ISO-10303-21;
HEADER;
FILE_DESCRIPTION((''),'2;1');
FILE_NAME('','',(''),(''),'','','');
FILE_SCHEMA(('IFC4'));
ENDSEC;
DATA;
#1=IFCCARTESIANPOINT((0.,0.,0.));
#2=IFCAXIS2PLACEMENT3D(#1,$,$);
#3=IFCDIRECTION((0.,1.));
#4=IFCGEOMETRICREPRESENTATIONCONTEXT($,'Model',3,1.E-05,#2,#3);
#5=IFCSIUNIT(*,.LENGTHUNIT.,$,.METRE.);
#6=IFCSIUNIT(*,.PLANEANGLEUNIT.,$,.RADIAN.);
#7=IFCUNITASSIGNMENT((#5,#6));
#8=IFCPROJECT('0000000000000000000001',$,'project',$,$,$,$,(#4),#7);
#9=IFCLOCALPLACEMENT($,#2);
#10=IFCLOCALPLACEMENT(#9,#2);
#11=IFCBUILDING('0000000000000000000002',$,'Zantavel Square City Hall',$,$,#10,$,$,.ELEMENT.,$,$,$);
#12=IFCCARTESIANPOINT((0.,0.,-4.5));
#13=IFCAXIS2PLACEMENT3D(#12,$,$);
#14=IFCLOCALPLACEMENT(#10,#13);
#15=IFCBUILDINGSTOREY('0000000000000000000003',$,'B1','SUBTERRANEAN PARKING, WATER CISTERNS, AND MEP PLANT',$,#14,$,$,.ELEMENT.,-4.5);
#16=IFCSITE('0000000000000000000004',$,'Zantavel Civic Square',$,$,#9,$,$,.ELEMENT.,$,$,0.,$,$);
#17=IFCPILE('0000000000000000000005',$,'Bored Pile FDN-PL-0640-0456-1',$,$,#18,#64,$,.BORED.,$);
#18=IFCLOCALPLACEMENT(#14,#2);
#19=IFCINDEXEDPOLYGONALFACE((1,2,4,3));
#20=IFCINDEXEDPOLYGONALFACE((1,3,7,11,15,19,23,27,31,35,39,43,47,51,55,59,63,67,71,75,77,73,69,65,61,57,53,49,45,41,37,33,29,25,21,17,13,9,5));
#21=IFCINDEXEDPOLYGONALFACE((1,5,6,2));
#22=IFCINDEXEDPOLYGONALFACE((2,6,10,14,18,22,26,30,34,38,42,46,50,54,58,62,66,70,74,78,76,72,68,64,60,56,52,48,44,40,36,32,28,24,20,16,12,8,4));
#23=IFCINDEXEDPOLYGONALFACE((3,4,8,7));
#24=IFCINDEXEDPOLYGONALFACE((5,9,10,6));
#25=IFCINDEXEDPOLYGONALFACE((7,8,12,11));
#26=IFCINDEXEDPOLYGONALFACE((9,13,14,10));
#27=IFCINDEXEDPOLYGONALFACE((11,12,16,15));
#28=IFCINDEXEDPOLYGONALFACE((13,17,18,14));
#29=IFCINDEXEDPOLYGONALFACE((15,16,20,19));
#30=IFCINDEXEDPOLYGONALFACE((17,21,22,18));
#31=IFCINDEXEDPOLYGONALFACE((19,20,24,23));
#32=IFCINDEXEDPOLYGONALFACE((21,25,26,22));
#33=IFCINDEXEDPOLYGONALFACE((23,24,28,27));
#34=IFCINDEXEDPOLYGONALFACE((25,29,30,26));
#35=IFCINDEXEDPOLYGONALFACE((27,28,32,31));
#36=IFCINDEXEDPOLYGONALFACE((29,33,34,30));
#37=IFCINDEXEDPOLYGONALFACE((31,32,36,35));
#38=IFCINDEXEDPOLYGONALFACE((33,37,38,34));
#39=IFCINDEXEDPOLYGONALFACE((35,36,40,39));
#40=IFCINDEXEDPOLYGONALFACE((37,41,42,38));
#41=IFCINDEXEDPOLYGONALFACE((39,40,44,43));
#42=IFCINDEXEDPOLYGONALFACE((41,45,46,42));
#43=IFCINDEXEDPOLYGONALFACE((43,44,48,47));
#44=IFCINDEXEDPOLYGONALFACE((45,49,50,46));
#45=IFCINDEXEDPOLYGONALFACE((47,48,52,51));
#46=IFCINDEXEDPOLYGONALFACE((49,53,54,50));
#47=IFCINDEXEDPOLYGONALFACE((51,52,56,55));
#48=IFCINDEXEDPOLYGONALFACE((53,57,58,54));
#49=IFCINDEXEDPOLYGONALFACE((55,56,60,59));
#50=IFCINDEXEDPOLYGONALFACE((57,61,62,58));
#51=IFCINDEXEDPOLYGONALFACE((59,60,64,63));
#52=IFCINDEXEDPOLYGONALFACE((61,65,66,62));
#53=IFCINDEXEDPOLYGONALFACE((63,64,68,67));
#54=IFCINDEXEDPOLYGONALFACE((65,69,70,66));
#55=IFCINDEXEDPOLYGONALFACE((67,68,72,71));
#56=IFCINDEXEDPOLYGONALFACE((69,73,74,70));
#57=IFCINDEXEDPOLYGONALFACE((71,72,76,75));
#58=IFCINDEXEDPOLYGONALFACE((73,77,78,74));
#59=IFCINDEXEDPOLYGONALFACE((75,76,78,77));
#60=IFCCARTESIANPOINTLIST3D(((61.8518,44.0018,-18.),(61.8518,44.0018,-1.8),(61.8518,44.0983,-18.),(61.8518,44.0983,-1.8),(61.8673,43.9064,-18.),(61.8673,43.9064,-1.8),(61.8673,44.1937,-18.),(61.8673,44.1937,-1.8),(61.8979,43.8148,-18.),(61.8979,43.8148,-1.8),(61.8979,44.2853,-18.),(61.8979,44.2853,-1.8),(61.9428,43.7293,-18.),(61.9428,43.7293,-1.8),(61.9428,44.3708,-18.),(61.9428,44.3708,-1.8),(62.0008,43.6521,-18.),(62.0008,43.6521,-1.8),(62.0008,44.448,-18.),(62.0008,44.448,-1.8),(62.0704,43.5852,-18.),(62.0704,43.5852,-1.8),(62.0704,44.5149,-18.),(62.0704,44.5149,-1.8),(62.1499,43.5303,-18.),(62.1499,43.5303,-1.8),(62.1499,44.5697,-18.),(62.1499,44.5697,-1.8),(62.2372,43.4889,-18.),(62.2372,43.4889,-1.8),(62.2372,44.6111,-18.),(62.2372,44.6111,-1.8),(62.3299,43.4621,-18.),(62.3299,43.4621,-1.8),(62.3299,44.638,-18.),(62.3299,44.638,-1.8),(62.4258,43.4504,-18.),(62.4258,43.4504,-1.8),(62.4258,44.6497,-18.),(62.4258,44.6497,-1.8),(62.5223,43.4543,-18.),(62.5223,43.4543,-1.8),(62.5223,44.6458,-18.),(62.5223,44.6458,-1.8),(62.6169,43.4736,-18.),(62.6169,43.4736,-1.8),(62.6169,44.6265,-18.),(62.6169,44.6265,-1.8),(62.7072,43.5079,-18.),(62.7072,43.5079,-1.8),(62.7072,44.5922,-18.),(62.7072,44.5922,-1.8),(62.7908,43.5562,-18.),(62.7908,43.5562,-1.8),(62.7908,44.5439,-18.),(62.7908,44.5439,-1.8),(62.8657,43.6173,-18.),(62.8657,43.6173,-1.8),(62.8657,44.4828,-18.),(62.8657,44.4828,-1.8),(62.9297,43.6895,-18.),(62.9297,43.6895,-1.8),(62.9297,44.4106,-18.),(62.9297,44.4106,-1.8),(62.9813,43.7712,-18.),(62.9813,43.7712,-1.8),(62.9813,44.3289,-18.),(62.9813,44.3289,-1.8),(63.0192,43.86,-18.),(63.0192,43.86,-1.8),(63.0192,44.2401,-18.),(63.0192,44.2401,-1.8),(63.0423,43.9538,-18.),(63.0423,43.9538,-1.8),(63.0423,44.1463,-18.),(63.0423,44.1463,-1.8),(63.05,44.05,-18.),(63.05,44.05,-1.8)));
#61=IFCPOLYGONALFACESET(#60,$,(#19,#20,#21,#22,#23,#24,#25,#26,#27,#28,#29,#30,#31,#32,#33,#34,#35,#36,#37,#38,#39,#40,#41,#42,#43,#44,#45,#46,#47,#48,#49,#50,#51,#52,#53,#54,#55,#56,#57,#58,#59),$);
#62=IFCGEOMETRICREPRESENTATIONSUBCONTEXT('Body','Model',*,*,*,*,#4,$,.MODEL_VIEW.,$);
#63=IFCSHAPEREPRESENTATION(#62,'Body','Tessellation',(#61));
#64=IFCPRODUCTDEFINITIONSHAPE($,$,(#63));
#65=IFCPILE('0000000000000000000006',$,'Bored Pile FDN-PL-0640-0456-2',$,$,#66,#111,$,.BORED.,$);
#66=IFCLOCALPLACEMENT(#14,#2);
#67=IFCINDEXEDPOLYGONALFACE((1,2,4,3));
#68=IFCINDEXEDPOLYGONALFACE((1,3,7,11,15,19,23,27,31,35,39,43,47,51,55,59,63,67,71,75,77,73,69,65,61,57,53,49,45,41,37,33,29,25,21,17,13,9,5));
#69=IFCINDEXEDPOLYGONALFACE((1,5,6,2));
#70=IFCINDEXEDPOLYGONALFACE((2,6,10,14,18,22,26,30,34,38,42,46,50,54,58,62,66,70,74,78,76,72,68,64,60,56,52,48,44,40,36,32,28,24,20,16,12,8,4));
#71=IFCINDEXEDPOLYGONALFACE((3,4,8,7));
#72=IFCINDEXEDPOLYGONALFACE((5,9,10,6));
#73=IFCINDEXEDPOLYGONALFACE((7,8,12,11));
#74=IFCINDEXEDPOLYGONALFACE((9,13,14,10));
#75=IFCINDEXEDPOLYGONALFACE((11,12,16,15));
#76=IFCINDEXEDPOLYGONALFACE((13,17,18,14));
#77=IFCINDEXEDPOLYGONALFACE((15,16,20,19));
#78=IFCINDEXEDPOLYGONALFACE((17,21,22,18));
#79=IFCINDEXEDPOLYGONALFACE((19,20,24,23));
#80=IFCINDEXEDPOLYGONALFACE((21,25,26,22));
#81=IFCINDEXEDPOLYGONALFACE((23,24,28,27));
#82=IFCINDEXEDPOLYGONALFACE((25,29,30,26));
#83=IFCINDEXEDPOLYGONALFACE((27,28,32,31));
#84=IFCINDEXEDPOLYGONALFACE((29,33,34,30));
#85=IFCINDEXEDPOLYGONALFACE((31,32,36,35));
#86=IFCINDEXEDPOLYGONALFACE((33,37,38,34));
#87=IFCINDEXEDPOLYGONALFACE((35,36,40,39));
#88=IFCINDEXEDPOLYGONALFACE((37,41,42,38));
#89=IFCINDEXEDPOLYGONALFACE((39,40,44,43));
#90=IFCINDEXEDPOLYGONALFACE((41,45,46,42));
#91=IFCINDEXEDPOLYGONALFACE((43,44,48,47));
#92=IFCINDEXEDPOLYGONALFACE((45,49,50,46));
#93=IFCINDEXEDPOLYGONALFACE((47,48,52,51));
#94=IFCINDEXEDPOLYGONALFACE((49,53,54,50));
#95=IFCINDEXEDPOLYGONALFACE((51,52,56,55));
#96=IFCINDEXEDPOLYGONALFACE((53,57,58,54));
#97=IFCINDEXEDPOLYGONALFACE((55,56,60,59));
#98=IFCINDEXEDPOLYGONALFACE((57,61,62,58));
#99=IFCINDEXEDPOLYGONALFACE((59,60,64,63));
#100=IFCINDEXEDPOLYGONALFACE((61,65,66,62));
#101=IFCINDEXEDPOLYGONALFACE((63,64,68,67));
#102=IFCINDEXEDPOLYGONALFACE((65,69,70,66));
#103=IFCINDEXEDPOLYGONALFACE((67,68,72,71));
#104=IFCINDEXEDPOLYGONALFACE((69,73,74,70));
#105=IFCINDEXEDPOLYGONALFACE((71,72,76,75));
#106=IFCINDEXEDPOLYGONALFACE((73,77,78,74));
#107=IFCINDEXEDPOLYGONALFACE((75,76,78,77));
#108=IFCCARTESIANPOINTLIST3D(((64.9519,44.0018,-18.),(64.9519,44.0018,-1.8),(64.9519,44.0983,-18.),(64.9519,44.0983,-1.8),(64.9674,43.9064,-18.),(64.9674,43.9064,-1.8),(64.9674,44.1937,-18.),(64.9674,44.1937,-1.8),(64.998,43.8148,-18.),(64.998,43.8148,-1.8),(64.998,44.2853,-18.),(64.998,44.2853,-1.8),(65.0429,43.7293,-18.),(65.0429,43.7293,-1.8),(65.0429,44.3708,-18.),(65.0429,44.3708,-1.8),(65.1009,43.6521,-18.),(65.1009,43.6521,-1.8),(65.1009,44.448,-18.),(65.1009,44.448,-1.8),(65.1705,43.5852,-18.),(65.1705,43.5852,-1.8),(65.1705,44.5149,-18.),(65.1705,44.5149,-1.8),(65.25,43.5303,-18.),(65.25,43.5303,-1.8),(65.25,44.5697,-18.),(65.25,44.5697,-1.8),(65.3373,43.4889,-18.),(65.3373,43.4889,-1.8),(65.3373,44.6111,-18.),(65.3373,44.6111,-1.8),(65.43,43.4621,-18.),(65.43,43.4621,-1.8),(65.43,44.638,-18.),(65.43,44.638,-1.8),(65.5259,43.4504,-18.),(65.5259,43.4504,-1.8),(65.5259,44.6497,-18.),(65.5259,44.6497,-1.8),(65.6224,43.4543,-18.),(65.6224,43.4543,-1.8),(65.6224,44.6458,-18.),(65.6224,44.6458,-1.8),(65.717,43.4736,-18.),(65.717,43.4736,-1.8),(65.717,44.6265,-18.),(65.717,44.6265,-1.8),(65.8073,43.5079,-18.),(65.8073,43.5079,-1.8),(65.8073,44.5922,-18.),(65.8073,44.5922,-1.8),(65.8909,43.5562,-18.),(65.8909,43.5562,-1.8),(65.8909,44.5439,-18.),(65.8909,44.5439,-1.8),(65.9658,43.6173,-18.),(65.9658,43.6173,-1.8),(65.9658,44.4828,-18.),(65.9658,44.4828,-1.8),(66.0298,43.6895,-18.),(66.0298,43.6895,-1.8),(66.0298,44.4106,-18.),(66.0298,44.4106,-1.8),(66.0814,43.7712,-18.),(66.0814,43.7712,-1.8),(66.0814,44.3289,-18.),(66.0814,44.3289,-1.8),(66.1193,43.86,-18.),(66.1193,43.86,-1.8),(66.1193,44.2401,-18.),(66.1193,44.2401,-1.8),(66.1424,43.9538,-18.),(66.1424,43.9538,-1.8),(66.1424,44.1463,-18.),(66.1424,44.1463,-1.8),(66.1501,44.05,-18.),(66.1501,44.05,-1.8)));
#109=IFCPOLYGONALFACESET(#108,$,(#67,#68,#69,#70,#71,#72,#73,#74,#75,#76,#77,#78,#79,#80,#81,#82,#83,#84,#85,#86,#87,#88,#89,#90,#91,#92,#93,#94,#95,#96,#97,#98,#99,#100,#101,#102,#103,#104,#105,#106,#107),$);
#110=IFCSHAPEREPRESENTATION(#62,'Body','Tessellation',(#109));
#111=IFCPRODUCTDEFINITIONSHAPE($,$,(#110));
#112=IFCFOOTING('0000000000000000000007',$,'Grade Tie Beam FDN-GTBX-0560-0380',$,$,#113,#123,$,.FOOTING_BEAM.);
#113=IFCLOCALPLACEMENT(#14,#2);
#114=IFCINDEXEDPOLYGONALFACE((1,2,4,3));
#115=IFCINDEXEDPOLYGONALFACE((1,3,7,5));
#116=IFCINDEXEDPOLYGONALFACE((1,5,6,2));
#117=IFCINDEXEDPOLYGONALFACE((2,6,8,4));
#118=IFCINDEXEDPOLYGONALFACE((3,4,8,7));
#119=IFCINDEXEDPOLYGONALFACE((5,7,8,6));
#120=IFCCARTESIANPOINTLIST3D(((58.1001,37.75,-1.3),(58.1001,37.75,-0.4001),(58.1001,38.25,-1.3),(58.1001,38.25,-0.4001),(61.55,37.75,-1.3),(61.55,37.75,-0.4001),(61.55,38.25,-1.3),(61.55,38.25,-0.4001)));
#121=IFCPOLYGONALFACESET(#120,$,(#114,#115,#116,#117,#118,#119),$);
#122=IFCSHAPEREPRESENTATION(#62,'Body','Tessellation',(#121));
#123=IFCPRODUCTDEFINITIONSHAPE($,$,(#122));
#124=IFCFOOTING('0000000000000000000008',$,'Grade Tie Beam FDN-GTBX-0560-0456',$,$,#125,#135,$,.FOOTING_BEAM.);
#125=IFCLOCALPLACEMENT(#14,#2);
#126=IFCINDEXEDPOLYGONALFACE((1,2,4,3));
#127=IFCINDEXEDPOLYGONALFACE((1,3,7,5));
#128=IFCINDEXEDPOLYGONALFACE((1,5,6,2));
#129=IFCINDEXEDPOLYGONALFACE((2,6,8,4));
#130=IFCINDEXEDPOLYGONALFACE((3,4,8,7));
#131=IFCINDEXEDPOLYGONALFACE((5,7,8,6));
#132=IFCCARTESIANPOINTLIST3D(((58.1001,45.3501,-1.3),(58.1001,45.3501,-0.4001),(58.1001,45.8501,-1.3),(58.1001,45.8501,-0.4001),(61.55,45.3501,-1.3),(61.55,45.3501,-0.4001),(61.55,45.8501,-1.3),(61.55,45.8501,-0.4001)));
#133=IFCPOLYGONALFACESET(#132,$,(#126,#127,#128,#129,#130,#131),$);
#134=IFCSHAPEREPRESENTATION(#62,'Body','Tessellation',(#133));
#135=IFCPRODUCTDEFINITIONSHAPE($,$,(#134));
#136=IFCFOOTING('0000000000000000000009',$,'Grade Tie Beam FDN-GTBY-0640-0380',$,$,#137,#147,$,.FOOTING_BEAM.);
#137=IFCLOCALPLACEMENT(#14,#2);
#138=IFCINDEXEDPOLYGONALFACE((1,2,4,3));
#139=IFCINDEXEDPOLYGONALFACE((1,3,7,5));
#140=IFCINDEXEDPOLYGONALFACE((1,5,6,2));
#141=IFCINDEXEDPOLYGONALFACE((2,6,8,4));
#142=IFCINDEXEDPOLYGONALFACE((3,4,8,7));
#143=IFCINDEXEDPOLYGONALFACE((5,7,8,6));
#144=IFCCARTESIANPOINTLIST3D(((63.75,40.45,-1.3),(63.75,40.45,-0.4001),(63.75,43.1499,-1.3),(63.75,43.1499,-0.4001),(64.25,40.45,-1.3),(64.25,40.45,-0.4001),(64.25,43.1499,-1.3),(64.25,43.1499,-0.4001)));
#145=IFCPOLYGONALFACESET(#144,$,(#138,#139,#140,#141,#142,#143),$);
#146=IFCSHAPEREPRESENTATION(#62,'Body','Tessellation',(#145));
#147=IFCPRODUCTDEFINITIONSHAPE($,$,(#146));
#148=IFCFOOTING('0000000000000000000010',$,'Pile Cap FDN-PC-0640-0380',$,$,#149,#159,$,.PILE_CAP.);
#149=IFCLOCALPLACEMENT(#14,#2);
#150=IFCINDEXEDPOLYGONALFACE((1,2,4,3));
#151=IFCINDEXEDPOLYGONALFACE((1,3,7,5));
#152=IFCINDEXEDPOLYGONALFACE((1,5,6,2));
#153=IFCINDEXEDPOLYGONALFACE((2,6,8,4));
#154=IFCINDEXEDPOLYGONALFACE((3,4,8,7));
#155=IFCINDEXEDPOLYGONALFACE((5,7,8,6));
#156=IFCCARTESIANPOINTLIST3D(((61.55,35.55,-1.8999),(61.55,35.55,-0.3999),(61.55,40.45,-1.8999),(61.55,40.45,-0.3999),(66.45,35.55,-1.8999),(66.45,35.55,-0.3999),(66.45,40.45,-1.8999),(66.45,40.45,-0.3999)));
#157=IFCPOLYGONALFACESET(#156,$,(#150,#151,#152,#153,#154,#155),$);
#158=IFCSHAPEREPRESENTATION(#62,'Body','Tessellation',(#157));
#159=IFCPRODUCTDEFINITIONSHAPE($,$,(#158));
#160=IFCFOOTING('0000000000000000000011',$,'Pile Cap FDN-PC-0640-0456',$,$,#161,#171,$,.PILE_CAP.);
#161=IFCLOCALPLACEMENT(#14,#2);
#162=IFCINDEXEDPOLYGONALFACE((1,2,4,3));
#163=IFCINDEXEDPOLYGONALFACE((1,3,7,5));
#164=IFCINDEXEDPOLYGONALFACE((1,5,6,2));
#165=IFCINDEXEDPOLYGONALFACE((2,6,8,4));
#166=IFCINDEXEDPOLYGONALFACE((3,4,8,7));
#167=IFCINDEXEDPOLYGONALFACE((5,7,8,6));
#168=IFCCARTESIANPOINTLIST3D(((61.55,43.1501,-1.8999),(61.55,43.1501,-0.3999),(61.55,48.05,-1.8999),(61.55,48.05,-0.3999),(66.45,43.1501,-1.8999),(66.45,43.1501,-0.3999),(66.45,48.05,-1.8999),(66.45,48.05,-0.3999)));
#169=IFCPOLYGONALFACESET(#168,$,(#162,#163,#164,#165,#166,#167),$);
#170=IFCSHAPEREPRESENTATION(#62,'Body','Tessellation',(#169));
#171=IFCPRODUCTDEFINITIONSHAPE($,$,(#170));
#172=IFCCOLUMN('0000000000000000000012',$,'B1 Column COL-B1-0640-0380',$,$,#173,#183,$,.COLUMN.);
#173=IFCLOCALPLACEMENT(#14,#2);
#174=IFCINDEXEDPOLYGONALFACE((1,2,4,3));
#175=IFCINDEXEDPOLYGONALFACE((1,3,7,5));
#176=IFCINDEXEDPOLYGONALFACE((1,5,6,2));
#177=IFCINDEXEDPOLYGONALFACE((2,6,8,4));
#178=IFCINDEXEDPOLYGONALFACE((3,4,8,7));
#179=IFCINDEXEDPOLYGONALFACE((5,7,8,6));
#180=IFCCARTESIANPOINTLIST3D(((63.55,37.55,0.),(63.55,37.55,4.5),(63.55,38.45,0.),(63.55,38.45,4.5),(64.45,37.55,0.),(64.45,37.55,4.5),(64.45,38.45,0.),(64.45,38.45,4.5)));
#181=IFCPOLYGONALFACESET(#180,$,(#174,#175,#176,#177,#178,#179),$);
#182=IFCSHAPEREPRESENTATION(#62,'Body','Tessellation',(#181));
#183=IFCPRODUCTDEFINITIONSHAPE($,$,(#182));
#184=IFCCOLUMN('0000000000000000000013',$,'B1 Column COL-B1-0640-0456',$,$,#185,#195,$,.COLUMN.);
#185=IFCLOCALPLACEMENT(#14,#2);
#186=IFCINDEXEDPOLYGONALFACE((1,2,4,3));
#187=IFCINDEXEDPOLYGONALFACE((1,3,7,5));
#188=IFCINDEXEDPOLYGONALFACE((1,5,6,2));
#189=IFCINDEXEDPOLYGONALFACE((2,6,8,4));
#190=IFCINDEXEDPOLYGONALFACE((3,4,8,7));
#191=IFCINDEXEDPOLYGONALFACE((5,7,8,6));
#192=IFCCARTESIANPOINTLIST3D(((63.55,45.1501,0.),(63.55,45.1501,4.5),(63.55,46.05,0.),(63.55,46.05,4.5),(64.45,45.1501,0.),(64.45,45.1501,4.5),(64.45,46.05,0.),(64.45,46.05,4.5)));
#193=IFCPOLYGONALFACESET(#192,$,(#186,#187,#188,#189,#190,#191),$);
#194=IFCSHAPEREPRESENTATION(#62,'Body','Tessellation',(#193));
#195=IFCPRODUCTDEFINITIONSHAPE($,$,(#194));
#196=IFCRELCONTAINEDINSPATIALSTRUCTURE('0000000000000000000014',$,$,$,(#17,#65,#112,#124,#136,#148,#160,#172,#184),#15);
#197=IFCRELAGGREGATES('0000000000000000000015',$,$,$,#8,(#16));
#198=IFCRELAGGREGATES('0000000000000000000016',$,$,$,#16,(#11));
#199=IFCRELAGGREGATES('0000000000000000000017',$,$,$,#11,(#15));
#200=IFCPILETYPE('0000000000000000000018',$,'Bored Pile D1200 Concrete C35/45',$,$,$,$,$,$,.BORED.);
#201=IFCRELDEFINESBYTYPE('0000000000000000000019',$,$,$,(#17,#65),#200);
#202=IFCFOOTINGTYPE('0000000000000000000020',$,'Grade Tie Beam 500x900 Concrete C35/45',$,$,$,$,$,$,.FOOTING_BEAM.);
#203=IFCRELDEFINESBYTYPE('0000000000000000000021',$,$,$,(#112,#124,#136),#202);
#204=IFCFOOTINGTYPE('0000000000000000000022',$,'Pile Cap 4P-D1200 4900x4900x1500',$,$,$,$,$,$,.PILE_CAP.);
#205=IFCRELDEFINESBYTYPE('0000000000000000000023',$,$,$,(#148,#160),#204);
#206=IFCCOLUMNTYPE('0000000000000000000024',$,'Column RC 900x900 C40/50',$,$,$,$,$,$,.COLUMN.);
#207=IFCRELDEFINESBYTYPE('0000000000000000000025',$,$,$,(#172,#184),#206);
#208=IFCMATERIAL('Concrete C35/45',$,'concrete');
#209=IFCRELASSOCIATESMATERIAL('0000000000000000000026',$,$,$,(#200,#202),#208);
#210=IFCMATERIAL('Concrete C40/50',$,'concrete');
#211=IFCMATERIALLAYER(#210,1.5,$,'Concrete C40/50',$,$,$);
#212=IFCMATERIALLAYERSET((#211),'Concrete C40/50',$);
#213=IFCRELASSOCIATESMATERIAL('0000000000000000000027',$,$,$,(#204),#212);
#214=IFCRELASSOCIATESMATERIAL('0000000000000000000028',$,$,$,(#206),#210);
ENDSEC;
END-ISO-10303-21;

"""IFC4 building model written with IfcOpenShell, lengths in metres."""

from ifc_helpers import new_model, si_unit, direction, frame, origin, origin_2d, place, context, subcontext, project, spatial, rectangle, circle, extrude, material, layer, layer_set, material_profile, profile_set, type_object, element, save


model = new_model("IFC4")

# Units and contexts
model_context = context("Model", 3, precision=1e-05, world=origin(), true_north=direction((0.0, 1.0)))
body_context = subcontext(model_context, "Body", "Model", "MODEL_VIEW")
ifc_project = project(units=[si_unit("LENGTHUNIT", "METRE"), si_unit("PLANEANGLEUNIT", "RADIAN")], contexts=[model_context])

# Site, building, storey
site_placement = place(None, origin())
site = spatial("IfcSite", under=ifc_project, at=site_placement, Name="Zantavel Civic Square", CompositionType="ELEMENT", RefElevation=0.0)
building_placement = place(site_placement, origin())
building = spatial("IfcBuilding", under=site, at=building_placement, Name="Zantavel Square City Hall", CompositionType="ELEMENT")
storey_placement = place(building_placement, frame((0.0, 0.0, -4.5)))
storey = spatial("IfcBuildingStorey", under=building, at=storey_placement, Name="B1", Description="SUBTERRANEAN PARKING, WATER CISTERNS, AND MEP PLANT", CompositionType="ELEMENT", Elevation=-4.5)

# Piles
ifc_material_1 = material(Name="Concrete C35/45", Category="concrete")
ifc_material_profile_1 = material_profile(ifc_material_1, circle(Radius=0.6001, at=origin_2d()), Name="PILE D1200")
ifc_profile_set_1 = profile_set([ifc_material_profile_1], Name="Concrete C35/45")
pile_type_1 = type_object("IfcPileType", Name="Bored Pile D1200 Concrete C35/45", PredefinedType="BORED", material=ifc_profile_set_1)
for number, where, z_axis, x_axis, name in (
    (1, (62.45, 44.05, -1.8), (0.0, 0.0, -1.0), (1.0, 0.0, 0.0), "Bored Pile FDN-PL-0640-0456-1"),
    (2, (65.55, 44.05, -1.8), (0.0, 0.0, -1.0), (1.0, 0.0, 0.0), "Bored Pile FDN-PL-0640-0456-2"),
):
    element("IfcPile", number, at=place(storey_placement, frame(where, z_axis=z_axis, x_axis=x_axis)), inside=storey, type_object=pile_type_1, Name=name, PredefinedType="BORED", context=body_context, shape_type="SweptSolid", body=[
        extrude(circle(Radius=0.6001, at=origin_2d()), origin(), (0.0, 0.0, 1.0), 16.2),
    ])

# Footings
ifc_material_profile_2 = material_profile(ifc_material_1, rectangle(XDim=0.5, YDim=0.8999, at=origin_2d()), Name="RC 500x900")
ifc_profile_set_2 = profile_set([ifc_material_profile_2], Name="Concrete C35/45")
footing_type_1 = type_object("IfcFootingType", Name="Grade Tie Beam 500x900 Concrete C35/45", PredefinedType="FOOTING_BEAM", material=ifc_profile_set_2)
for number, where, z_axis, x_axis, name in (
    (3, (58.1001, 38.0, -0.8501), (1.0, 0.0, 0.0), (0.0, 1.0, 0.0), "Grade Tie Beam FDN-GTBX-0560-0380"),
    (4, (58.1001, 45.6001, -0.8501), (1.0, 0.0, 0.0), (0.0, 1.0, 0.0), "Grade Tie Beam FDN-GTBX-0560-0456"),
):
    element("IfcFooting", number, at=place(storey_placement, frame(where, z_axis=z_axis, x_axis=x_axis)), inside=storey, type_object=footing_type_1, Name=name, PredefinedType="FOOTING_BEAM", context=body_context, shape_type="SweptSolid", body=[
        extrude(rectangle(XDim=0.5, YDim=0.8999, at=origin_2d()), origin(), (0.0, 0.0, 1.0), 3.45),
    ])
footing_placement = place(storey_placement, frame((64.0, 40.45, -0.8501), z_axis=(0.0, 1.0, 0.0), x_axis=(-1.0, 0.0, 0.0)))
element("IfcFooting", 5, at=footing_placement, inside=storey, type_object=footing_type_1, Name="Grade Tie Beam FDN-GTBY-0640-0380", PredefinedType="FOOTING_BEAM", context=body_context, shape_type="SweptSolid", body=[
    extrude(rectangle(XDim=0.5, YDim=0.8999, at=origin_2d()), origin(), (0.0, 0.0, 1.0), 2.7),
])
ifc_material_2 = material(Name="Concrete C40/50", Category="concrete")
ifc_layer_1 = layer(ifc_material_2, 1.5, Name="Concrete C40/50")
ifc_layer_set_1 = layer_set([ifc_layer_1], Name="Concrete C40/50")
footing_type_2 = type_object("IfcFootingType", Name="Pile Cap 4P-D1200 4900x4900x1500", PredefinedType="PILE_CAP", material=ifc_layer_set_1)
for number, where, z_axis, x_axis, name in (
    (6, (64.0, 38.0, -1.8999), (0.0, 0.0, 1.0), (1.0, 0.0, 0.0), "Pile Cap FDN-PC-0640-0380"),
    (7, (64.0, 45.6001, -1.8999), (0.0, 0.0, 1.0), (1.0, 0.0, 0.0), "Pile Cap FDN-PC-0640-0456"),
):
    element("IfcFooting", number, at=place(storey_placement, frame(where, z_axis=z_axis, x_axis=x_axis)), inside=storey, type_object=footing_type_2, Name=name, PredefinedType="PILE_CAP", context=body_context, shape_type="SweptSolid", body=[
        extrude(rectangle(XDim=4.8999, YDim=4.8999, at=origin_2d()), origin(), (0.0, 0.0, 1.0), 1.5),
    ])

# Columns
ifc_material_profile_3 = material_profile(ifc_material_2, rectangle(XDim=0.8999, YDim=0.8999, at=origin_2d()), Name="RC 900x900")
ifc_profile_set_3 = profile_set([ifc_material_profile_3], Name="Concrete C40/50")
column_type = type_object("IfcColumnType", Name="Column RC 900x900 C40/50", PredefinedType="COLUMN", material=ifc_profile_set_3)
for number, where, z_axis, x_axis, name in (
    (8, (64.0, 38.0, 0.0), (0.0, 0.0, 1.0), (1.0, 0.0, 0.0), "B1 Column COL-B1-0640-0380"),
    (9, (64.0, 45.6001, 0.0), (0.0, 0.0, 1.0), (1.0, 0.0, 0.0), "B1 Column COL-B1-0640-0456"),
):
    element("IfcColumn", number, at=place(storey_placement, frame(where, z_axis=z_axis, x_axis=x_axis)), inside=storey, type_object=column_type, Name=name, PredefinedType="COLUMN", context=body_context, shape_type="SweptSolid", body=[
        extrude(rectangle(XDim=0.8999, YDim=0.8999, at=origin_2d()), origin(), (0.0, 0.0, 1.0), 4.5),
    ])

save(model, "model.ifc")
